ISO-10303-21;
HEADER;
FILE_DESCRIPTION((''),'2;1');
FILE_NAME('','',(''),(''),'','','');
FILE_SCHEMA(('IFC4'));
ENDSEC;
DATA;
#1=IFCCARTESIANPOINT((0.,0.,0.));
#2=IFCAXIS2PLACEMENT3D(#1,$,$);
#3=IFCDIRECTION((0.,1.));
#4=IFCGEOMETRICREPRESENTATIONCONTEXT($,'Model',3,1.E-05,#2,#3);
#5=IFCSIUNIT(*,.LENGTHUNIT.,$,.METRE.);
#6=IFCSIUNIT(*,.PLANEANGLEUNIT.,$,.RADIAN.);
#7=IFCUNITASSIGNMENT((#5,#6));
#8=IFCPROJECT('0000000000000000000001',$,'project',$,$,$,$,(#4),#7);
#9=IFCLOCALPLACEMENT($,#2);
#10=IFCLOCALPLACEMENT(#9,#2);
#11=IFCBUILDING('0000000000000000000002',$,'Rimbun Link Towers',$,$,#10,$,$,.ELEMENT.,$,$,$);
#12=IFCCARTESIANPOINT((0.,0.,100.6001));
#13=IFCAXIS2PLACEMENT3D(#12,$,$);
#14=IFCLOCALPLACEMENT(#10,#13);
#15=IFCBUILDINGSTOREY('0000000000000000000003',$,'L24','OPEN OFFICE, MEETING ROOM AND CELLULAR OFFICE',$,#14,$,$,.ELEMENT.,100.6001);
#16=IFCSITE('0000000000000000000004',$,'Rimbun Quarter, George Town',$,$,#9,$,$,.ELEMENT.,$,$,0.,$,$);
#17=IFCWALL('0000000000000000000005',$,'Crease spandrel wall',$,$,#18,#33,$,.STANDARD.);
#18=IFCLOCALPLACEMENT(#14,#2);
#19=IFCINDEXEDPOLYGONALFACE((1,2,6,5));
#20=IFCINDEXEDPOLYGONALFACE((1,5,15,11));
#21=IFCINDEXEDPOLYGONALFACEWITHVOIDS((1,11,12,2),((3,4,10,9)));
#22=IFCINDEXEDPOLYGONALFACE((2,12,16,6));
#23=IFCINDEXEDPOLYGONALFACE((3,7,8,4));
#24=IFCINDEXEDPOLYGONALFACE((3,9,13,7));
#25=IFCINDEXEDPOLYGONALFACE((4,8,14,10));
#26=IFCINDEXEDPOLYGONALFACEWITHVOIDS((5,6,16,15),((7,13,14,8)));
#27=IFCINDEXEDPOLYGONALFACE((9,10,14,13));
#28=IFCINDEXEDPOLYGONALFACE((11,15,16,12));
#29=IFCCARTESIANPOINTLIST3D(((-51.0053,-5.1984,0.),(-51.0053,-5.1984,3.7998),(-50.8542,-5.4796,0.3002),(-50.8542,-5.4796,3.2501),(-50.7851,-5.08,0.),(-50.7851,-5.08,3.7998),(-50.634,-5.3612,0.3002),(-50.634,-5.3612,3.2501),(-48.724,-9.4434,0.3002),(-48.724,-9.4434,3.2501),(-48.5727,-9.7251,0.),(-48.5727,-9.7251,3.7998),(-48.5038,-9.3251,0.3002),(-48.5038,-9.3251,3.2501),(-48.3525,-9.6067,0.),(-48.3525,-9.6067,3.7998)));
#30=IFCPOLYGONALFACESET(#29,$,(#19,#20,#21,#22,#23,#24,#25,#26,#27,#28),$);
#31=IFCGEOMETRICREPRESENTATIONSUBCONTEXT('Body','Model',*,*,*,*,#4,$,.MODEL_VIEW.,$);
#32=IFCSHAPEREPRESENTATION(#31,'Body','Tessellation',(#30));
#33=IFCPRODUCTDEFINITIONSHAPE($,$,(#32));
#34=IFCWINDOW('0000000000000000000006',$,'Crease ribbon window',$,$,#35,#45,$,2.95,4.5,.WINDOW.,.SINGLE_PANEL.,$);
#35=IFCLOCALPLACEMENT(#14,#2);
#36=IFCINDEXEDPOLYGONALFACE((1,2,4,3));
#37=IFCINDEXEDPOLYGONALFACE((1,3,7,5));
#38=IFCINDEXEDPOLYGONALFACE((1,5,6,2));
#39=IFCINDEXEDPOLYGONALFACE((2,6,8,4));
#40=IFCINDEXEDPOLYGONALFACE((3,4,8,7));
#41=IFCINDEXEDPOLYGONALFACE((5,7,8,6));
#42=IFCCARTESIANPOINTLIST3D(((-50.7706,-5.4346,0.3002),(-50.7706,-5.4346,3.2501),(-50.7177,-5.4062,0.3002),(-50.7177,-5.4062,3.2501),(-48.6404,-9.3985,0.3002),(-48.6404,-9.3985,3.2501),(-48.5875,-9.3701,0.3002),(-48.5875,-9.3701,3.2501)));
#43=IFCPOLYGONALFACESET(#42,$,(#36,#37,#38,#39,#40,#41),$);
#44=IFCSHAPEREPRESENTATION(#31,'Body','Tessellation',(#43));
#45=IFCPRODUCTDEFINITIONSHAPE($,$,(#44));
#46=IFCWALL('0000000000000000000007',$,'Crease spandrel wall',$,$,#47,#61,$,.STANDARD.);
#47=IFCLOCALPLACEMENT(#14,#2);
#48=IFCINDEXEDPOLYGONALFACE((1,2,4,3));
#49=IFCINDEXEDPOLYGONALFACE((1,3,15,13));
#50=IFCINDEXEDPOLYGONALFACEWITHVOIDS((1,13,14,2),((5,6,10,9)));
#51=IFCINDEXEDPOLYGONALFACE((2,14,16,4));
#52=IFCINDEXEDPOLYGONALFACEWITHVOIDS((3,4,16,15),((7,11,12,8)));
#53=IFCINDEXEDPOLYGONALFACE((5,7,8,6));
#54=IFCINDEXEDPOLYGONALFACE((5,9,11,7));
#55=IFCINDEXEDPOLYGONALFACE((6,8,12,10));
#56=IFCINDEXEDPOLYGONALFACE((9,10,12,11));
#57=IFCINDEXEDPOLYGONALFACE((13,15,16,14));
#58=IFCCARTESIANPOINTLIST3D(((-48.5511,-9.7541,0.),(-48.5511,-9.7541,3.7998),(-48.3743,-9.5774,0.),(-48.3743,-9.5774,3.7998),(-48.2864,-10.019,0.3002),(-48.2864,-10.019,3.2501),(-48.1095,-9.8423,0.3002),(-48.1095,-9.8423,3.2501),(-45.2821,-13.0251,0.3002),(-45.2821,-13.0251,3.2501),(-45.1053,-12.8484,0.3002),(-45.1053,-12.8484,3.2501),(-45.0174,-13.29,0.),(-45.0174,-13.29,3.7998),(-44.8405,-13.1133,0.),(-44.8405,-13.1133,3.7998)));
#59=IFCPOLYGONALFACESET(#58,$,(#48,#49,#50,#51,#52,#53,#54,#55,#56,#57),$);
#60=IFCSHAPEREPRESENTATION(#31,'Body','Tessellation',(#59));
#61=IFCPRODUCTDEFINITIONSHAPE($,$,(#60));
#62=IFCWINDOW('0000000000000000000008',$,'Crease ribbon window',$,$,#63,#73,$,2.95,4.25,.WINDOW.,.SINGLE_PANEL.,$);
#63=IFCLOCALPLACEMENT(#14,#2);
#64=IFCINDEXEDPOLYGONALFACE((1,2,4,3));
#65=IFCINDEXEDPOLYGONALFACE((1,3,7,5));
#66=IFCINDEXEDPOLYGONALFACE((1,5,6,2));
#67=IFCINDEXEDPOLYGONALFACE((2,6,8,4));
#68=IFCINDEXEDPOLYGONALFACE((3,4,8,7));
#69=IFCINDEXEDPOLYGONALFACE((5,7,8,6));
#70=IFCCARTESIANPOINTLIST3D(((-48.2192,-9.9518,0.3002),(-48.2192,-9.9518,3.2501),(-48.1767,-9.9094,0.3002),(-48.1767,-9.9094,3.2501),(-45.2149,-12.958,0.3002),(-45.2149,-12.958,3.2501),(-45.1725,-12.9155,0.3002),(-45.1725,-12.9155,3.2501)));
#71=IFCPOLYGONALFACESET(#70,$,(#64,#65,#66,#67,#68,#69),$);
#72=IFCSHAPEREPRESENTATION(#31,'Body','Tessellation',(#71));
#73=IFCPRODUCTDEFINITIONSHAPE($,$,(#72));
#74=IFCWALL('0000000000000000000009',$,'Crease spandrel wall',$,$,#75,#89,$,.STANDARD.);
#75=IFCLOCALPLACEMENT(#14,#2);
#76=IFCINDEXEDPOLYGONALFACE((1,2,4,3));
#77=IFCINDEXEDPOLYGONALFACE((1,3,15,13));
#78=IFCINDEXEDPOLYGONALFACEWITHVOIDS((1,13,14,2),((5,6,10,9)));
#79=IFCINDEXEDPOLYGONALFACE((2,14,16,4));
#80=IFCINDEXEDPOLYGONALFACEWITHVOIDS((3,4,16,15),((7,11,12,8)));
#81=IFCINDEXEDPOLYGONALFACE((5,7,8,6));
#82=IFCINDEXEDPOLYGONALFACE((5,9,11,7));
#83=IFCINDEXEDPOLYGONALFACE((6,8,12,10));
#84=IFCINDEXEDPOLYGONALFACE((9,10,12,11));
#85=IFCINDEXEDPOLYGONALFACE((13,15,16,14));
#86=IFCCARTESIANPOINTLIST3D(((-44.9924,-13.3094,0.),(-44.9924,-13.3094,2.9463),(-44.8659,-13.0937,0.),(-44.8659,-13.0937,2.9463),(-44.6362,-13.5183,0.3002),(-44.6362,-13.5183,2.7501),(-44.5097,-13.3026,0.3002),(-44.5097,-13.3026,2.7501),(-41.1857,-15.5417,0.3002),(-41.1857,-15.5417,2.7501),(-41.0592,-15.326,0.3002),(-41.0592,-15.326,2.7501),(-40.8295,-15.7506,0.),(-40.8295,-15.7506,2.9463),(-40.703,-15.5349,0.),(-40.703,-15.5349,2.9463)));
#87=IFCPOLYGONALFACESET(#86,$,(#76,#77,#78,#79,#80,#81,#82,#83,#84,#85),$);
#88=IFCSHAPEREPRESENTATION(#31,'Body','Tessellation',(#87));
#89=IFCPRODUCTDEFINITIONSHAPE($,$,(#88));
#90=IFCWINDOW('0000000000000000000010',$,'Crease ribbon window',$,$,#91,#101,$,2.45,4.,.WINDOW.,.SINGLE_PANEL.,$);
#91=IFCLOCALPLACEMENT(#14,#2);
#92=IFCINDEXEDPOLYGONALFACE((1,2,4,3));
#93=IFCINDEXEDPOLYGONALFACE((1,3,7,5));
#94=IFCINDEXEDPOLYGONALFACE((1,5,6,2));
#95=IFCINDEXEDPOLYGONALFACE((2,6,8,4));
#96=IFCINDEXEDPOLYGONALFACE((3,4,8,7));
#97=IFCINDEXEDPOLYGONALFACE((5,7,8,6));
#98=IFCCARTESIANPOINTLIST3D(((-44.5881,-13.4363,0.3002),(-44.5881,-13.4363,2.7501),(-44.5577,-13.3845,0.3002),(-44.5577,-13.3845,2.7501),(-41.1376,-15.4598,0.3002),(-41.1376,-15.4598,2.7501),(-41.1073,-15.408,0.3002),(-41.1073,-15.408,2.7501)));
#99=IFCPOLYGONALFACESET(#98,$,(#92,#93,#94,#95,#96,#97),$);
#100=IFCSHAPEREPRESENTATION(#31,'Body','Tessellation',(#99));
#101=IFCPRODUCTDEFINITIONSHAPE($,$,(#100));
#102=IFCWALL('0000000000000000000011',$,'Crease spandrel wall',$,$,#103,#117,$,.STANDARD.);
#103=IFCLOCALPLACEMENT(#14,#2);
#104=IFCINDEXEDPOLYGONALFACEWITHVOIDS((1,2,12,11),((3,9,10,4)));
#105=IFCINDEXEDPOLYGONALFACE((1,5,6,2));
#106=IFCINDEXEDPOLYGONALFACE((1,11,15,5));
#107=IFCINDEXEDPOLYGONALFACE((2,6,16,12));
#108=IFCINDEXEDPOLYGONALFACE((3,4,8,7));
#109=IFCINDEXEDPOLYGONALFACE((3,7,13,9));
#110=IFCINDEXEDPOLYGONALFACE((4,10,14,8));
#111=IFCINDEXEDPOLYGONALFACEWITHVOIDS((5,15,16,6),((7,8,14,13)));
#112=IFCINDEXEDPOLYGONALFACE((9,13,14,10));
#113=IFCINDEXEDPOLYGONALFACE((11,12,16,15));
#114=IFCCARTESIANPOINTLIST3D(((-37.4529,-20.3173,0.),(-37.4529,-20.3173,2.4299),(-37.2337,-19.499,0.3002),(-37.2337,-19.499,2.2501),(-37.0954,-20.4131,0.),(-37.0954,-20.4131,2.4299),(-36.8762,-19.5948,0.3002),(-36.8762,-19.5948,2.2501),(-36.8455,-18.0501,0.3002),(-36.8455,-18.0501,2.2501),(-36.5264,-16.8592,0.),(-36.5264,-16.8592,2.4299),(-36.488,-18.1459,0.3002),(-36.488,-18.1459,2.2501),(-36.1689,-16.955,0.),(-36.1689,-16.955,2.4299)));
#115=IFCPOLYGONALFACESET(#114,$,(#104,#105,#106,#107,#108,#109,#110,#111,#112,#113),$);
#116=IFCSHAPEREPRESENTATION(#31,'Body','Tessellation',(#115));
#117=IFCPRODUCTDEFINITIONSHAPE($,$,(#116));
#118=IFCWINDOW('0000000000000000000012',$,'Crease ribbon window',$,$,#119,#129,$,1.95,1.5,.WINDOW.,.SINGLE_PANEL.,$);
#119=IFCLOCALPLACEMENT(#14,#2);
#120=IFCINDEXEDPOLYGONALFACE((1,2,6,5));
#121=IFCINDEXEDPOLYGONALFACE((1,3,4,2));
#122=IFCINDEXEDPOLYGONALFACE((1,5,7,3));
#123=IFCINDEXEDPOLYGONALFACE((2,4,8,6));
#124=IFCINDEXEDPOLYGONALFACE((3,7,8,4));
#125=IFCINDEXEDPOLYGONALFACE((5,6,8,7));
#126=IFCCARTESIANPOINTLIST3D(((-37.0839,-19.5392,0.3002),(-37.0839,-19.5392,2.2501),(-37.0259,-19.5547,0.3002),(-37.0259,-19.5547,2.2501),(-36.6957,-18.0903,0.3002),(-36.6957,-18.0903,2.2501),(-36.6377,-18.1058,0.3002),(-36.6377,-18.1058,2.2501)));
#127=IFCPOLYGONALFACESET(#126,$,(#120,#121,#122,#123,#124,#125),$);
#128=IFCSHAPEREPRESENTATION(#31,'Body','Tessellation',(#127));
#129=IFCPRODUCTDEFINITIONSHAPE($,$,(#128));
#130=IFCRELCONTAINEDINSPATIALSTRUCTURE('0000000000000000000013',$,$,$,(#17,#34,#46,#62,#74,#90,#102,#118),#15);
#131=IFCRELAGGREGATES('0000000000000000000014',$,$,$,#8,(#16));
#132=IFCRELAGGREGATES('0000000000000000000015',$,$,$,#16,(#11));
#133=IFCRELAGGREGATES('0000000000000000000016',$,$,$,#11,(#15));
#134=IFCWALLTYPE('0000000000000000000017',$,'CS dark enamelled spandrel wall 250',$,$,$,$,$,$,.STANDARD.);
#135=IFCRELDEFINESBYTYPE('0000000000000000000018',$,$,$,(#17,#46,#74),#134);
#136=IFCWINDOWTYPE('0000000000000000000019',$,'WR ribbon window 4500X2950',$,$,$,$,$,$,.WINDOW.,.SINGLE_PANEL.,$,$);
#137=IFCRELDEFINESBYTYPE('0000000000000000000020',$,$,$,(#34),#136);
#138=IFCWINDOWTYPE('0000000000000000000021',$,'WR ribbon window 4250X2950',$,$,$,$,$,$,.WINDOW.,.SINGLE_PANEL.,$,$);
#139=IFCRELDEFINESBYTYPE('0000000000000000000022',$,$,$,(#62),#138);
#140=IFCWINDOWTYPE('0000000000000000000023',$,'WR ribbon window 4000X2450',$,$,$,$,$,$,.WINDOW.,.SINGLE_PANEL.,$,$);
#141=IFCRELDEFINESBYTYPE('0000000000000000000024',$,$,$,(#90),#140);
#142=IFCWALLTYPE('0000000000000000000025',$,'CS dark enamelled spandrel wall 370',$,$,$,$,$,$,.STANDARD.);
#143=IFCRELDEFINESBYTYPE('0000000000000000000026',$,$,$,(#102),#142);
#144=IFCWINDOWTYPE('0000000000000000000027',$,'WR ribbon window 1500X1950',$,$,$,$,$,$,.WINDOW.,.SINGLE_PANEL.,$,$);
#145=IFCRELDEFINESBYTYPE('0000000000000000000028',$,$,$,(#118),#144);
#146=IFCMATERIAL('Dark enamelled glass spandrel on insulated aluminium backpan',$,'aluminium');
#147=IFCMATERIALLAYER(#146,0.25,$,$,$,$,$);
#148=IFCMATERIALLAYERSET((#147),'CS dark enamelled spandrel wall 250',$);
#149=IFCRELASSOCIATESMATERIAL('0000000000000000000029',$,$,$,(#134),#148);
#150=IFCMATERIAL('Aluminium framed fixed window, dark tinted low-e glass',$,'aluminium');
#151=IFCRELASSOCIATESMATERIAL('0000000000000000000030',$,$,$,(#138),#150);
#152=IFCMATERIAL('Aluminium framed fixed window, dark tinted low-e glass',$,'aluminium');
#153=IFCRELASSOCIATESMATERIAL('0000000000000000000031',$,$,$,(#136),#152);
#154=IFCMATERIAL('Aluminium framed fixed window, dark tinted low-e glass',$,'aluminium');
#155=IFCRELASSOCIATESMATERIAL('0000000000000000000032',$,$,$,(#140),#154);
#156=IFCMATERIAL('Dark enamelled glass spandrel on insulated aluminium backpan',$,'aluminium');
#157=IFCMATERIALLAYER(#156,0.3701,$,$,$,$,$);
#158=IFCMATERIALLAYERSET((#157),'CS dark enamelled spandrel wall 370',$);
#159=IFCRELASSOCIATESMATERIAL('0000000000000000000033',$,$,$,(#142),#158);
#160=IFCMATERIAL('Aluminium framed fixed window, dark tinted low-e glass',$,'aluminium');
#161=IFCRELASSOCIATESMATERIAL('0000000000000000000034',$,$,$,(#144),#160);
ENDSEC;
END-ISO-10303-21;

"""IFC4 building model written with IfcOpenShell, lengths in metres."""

from ifc_helpers import new_model, si_unit, direction, frame, frame_2d, origin, place, context, subcontext, project, spatial, rectangle, extrude, material, layer, layer_set, type_object, element, fill, save


model = new_model("IFC4")

# Units and contexts
model_context = context("Model", 3, precision=1e-05, world=origin(), true_north=direction((0.0, 1.0)))
body_context = subcontext(model_context, "Body", "Model", "MODEL_VIEW")
ifc_project = project(units=[si_unit("LENGTHUNIT", "METRE"), si_unit("PLANEANGLEUNIT", "RADIAN")], contexts=[model_context])

# Site, building, storey
site_placement = place(None, origin())
site = spatial("IfcSite", under=ifc_project, at=site_placement, Name="Rimbun Quarter, George Town", CompositionType="ELEMENT", RefElevation=0.0)
building_placement = place(site_placement, origin())
building = spatial("IfcBuilding", under=site, at=building_placement, Name="Rimbun Link Towers", CompositionType="ELEMENT")
storey_placement = place(building_placement, frame((0.0, 0.0, 100.6001)))
storey = spatial("IfcBuildingStorey", under=building, at=storey_placement, Name="L24", Description="OPEN OFFICE, MEETING ROOM AND CELLULAR OFFICE", CompositionType="ELEMENT", Elevation=100.6001)

# Walls, openings, windows
ifc_material_1 = material(Name="Dark enamelled glass spandrel on insulated aluminium backpan", Category="aluminium")
ifc_layer_1 = layer(ifc_material_1, 0.25)
ifc_layer_set_1 = layer_set([ifc_layer_1], Name="CS dark enamelled spandrel wall 250")
wall_type_1 = type_object("IfcWallType", Name="CS dark enamelled spandrel wall 250", PredefinedType="STANDARD", material=ifc_layer_set_1)
ifc_material_2 = material(Name="Aluminium framed fixed window, dark tinted low-e glass", Category="aluminium")
window_type_1 = type_object("IfcWindowType", Name="WR ribbon window 4250X2950", PartitioningType="SINGLE_PANEL", PredefinedType="WINDOW", material=ifc_material_2)
wall_1_placement = place(storey_placement, frame((-48.4626, -9.6658, 0.0), z_axis=(0.0, 0.0, 1.0), x_axis=(-0.473377, 0.88086, 0.0)))
wall_1 = element("IfcWall", 1, at=wall_1_placement, inside=storey, type_object=wall_type_1, Name="Crease spandrel wall", PredefinedType="STANDARD", context=body_context, shape_type="SweptSolid", body=[
    extrude(rectangle(XDim=5.1389, YDim=0.25, at=frame_2d((2.5693, 0.0))), origin(), (0.0, 0.0, 1.0), 3.7998),
])
opening_1_placement = place(wall_1_placement, frame((0.3196, 0.0, 0.3)))
opening_1 = element("IfcOpeningElement", 2, at=opening_1_placement, cuts=wall_1, PredefinedType="OPENING", context=body_context, shape_type="SweptSolid", body=[
    extrude(rectangle(XDim=4.5, YDim=2.95, at=frame_2d((2.25, 1.4751))), frame((0.0, 0.135, 0.0), z_axis=(0.0, -1.0, 0.0), x_axis=(1.0, 0.0, 0.0)), (0.0, 0.0, 1.0), 0.27),
])
ifc_material_3 = material(Name="Aluminium framed fixed window, dark tinted low-e glass", Category="aluminium")
window_type_2 = type_object("IfcWindowType", Name="WR ribbon window 4500X2950", PartitioningType="SINGLE_PANEL", PredefinedType="WINDOW", material=ifc_material_3)
window_1_placement = place(opening_1_placement, origin())
window_1 = element("IfcWindow", 3, at=window_1_placement, inside=storey, type_object=window_type_2, Name="Crease ribbon window", OverallHeight=2.95, OverallWidth=4.5, PartitioningType="SINGLE_PANEL", PredefinedType="WINDOW", context=body_context, shape_type="SweptSolid", body=[
    extrude(rectangle(XDim=4.5, YDim=2.95, at=frame_2d((2.25, 1.4751))), frame((0.0, 0.03, 0.0), z_axis=(0.0, -1.0, 0.0), x_axis=(1.0, 0.0, 0.0)), (0.0, 0.0, 1.0), 0.0601),
])
fill(opening_1, window_1)
wall_2_placement = place(storey_placement, frame((-44.929, -13.2017, 0.0), z_axis=(0.0, 0.0, 1.0), x_axis=(-0.706887, 0.707327, 0.0)))
wall_2 = element("IfcWall", 4, at=wall_2_placement, inside=storey, type_object=wall_type_1, Name="Crease spandrel wall", PredefinedType="STANDARD", context=body_context, shape_type="SweptSolid", body=[
    extrude(rectangle(XDim=4.999, YDim=0.25, at=frame_2d((2.4995, 0.0))), origin(), (0.0, 0.0, 1.0), 3.7998),
])
opening_2_placement = place(wall_2_placement, frame((0.3745, 0.0, 0.3)))
opening_2 = element("IfcOpeningElement", 5, at=opening_2_placement, cuts=wall_2, PredefinedType="OPENING", context=body_context, shape_type="SweptSolid", body=[
    extrude(rectangle(XDim=4.25, YDim=2.95, at=frame_2d((2.125, 1.4751))), frame((0.0, 0.135, 0.0), z_axis=(0.0, -1.0, 0.0), x_axis=(1.0, 0.0, 0.0)), (0.0, 0.0, 1.0), 0.27),
])
window_2_placement = place(opening_2_placement, origin())
window_2 = element("IfcWindow", 6, at=window_2_placement, inside=storey, type_object=window_type_1, Name="Crease ribbon window", OverallHeight=2.95, OverallWidth=4.25, PartitioningType="SINGLE_PANEL", PredefinedType="WINDOW", context=body_context, shape_type="SweptSolid", body=[
    extrude(rectangle(XDim=4.25, YDim=2.95, at=frame_2d((2.125, 1.4751))), frame((0.0, 0.03, 0.0), z_axis=(0.0, -1.0, 0.0), x_axis=(1.0, 0.0, 0.0)), (0.0, 0.0, 1.0), 0.0601),
])
fill(opening_2, window_2)
wall_3_placement = place(storey_placement, frame((-40.7661, -15.6428, 0.0), z_axis=(0.0, 0.0, 1.0), x_axis=(-0.862619, 0.505855, 0.0)))
wall_3 = element("IfcWall", 7, at=wall_3_placement, inside=storey, type_object=wall_type_1, Name="Crease spandrel wall", PredefinedType="STANDARD", context=body_context, shape_type="SweptSolid", body=[
    extrude(rectangle(XDim=4.8259, YDim=0.25, at=frame_2d((2.4131, 0.0))), origin(), (0.0, 0.0, 1.0), 2.9463),
])
opening_3_placement = place(wall_3_placement, frame((0.4131, 0.0, 0.3)))
opening_3 = element("IfcOpeningElement", 8, at=opening_3_placement, cuts=wall_3, PredefinedType="OPENING", context=body_context, shape_type="SweptSolid", body=[
    extrude(rectangle(XDim=4.0, YDim=2.45, at=frame_2d((2.0, 1.2251))), frame((0.0, 0.135, 0.0), z_axis=(0.0, -1.0, 0.0), x_axis=(1.0, 0.0, 0.0)), (0.0, 0.0, 1.0), 0.27),
])
ifc_material_4 = material(Name="Aluminium framed fixed window, dark tinted low-e glass", Category="aluminium")
window_type_3 = type_object("IfcWindowType", Name="WR ribbon window 4000X2450", PartitioningType="SINGLE_PANEL", PredefinedType="WINDOW", material=ifc_material_4)
window_3_placement = place(opening_3_placement, origin())
window_3 = element("IfcWindow", 9, at=window_3_placement, inside=storey, type_object=window_type_3, Name="Crease ribbon window", OverallHeight=2.45, OverallWidth=4.0, PartitioningType="SINGLE_PANEL", PredefinedType="WINDOW", context=body_context, shape_type="SweptSolid", body=[
    extrude(rectangle(XDim=4.0, YDim=2.45, at=frame_2d((2.0, 1.2251))), frame((0.0, 0.03, 0.0), z_axis=(0.0, -1.0, 0.0), x_axis=(1.0, 0.0, 0.0)), (0.0, 0.0, 1.0), 0.0601),
])
fill(opening_3, window_3)
ifc_material_5 = material(Name="Dark enamelled glass spandrel on insulated aluminium backpan", Category="aluminium")
ifc_layer_2 = layer(ifc_material_5, 0.3701)
ifc_layer_set_2 = layer_set([ifc_layer_2], Name="CS dark enamelled spandrel wall 370")
wall_type_2 = type_object("IfcWallType", Name="CS dark enamelled spandrel wall 370", PredefinedType="STANDARD", material=ifc_layer_set_2)
wall_4_placement = place(storey_placement, frame((-37.2742, -20.3652, 0.0), z_axis=(0.0, 0.0, 1.0), x_axis=(0.258804, 0.96593, 0.0)))
wall_4 = element("IfcWall", 10, at=wall_4_placement, inside=storey, type_object=wall_type_2, Name="Crease spandrel wall", PredefinedType="STANDARD", context=body_context, shape_type="SweptSolid", body=[
    extrude(rectangle(XDim=3.5801, YDim=0.3701, at=frame_2d((1.79, 0.0))), origin(), (0.0, 0.0, 1.0), 2.4299),
])
opening_4_placement = place(wall_4_placement, frame((0.8472, 0.0, 0.3)))
opening_4 = element("IfcOpeningElement", 11, at=opening_4_placement, cuts=wall_4, PredefinedType="OPENING", context=body_context, shape_type="SweptSolid", body=[
    extrude(rectangle(XDim=1.5, YDim=1.95, at=frame_2d((0.75, 0.9751))), frame((0.0, 0.1951, 0.0), z_axis=(0.0, -1.0, 0.0), x_axis=(1.0, 0.0, 0.0)), (0.0, 0.0, 1.0), 0.3901),
])
ifc_material_6 = material(Name="Aluminium framed fixed window, dark tinted low-e glass", Category="aluminium")
window_type_4 = type_object("IfcWindowType", Name="WR ribbon window 1500X1950", PartitioningType="SINGLE_PANEL", PredefinedType="WINDOW", material=ifc_material_6)
window_4_placement = place(opening_4_placement, origin())
window_4 = element("IfcWindow", 12, at=window_4_placement, inside=storey, type_object=window_type_4, Name="Crease ribbon window", OverallHeight=1.95, OverallWidth=1.5, PartitioningType="SINGLE_PANEL", PredefinedType="WINDOW", context=body_context, shape_type="SweptSolid", body=[
    extrude(rectangle(XDim=1.5, YDim=1.95, at=frame_2d((0.75, 0.9751))), frame((0.0, 0.03, 0.0), z_axis=(0.0, -1.0, 0.0), x_axis=(1.0, 0.0, 0.0)), (0.0, 0.0, 1.0), 0.0601),
])
fill(opening_4, window_4)

save(model, "model.ifc")
